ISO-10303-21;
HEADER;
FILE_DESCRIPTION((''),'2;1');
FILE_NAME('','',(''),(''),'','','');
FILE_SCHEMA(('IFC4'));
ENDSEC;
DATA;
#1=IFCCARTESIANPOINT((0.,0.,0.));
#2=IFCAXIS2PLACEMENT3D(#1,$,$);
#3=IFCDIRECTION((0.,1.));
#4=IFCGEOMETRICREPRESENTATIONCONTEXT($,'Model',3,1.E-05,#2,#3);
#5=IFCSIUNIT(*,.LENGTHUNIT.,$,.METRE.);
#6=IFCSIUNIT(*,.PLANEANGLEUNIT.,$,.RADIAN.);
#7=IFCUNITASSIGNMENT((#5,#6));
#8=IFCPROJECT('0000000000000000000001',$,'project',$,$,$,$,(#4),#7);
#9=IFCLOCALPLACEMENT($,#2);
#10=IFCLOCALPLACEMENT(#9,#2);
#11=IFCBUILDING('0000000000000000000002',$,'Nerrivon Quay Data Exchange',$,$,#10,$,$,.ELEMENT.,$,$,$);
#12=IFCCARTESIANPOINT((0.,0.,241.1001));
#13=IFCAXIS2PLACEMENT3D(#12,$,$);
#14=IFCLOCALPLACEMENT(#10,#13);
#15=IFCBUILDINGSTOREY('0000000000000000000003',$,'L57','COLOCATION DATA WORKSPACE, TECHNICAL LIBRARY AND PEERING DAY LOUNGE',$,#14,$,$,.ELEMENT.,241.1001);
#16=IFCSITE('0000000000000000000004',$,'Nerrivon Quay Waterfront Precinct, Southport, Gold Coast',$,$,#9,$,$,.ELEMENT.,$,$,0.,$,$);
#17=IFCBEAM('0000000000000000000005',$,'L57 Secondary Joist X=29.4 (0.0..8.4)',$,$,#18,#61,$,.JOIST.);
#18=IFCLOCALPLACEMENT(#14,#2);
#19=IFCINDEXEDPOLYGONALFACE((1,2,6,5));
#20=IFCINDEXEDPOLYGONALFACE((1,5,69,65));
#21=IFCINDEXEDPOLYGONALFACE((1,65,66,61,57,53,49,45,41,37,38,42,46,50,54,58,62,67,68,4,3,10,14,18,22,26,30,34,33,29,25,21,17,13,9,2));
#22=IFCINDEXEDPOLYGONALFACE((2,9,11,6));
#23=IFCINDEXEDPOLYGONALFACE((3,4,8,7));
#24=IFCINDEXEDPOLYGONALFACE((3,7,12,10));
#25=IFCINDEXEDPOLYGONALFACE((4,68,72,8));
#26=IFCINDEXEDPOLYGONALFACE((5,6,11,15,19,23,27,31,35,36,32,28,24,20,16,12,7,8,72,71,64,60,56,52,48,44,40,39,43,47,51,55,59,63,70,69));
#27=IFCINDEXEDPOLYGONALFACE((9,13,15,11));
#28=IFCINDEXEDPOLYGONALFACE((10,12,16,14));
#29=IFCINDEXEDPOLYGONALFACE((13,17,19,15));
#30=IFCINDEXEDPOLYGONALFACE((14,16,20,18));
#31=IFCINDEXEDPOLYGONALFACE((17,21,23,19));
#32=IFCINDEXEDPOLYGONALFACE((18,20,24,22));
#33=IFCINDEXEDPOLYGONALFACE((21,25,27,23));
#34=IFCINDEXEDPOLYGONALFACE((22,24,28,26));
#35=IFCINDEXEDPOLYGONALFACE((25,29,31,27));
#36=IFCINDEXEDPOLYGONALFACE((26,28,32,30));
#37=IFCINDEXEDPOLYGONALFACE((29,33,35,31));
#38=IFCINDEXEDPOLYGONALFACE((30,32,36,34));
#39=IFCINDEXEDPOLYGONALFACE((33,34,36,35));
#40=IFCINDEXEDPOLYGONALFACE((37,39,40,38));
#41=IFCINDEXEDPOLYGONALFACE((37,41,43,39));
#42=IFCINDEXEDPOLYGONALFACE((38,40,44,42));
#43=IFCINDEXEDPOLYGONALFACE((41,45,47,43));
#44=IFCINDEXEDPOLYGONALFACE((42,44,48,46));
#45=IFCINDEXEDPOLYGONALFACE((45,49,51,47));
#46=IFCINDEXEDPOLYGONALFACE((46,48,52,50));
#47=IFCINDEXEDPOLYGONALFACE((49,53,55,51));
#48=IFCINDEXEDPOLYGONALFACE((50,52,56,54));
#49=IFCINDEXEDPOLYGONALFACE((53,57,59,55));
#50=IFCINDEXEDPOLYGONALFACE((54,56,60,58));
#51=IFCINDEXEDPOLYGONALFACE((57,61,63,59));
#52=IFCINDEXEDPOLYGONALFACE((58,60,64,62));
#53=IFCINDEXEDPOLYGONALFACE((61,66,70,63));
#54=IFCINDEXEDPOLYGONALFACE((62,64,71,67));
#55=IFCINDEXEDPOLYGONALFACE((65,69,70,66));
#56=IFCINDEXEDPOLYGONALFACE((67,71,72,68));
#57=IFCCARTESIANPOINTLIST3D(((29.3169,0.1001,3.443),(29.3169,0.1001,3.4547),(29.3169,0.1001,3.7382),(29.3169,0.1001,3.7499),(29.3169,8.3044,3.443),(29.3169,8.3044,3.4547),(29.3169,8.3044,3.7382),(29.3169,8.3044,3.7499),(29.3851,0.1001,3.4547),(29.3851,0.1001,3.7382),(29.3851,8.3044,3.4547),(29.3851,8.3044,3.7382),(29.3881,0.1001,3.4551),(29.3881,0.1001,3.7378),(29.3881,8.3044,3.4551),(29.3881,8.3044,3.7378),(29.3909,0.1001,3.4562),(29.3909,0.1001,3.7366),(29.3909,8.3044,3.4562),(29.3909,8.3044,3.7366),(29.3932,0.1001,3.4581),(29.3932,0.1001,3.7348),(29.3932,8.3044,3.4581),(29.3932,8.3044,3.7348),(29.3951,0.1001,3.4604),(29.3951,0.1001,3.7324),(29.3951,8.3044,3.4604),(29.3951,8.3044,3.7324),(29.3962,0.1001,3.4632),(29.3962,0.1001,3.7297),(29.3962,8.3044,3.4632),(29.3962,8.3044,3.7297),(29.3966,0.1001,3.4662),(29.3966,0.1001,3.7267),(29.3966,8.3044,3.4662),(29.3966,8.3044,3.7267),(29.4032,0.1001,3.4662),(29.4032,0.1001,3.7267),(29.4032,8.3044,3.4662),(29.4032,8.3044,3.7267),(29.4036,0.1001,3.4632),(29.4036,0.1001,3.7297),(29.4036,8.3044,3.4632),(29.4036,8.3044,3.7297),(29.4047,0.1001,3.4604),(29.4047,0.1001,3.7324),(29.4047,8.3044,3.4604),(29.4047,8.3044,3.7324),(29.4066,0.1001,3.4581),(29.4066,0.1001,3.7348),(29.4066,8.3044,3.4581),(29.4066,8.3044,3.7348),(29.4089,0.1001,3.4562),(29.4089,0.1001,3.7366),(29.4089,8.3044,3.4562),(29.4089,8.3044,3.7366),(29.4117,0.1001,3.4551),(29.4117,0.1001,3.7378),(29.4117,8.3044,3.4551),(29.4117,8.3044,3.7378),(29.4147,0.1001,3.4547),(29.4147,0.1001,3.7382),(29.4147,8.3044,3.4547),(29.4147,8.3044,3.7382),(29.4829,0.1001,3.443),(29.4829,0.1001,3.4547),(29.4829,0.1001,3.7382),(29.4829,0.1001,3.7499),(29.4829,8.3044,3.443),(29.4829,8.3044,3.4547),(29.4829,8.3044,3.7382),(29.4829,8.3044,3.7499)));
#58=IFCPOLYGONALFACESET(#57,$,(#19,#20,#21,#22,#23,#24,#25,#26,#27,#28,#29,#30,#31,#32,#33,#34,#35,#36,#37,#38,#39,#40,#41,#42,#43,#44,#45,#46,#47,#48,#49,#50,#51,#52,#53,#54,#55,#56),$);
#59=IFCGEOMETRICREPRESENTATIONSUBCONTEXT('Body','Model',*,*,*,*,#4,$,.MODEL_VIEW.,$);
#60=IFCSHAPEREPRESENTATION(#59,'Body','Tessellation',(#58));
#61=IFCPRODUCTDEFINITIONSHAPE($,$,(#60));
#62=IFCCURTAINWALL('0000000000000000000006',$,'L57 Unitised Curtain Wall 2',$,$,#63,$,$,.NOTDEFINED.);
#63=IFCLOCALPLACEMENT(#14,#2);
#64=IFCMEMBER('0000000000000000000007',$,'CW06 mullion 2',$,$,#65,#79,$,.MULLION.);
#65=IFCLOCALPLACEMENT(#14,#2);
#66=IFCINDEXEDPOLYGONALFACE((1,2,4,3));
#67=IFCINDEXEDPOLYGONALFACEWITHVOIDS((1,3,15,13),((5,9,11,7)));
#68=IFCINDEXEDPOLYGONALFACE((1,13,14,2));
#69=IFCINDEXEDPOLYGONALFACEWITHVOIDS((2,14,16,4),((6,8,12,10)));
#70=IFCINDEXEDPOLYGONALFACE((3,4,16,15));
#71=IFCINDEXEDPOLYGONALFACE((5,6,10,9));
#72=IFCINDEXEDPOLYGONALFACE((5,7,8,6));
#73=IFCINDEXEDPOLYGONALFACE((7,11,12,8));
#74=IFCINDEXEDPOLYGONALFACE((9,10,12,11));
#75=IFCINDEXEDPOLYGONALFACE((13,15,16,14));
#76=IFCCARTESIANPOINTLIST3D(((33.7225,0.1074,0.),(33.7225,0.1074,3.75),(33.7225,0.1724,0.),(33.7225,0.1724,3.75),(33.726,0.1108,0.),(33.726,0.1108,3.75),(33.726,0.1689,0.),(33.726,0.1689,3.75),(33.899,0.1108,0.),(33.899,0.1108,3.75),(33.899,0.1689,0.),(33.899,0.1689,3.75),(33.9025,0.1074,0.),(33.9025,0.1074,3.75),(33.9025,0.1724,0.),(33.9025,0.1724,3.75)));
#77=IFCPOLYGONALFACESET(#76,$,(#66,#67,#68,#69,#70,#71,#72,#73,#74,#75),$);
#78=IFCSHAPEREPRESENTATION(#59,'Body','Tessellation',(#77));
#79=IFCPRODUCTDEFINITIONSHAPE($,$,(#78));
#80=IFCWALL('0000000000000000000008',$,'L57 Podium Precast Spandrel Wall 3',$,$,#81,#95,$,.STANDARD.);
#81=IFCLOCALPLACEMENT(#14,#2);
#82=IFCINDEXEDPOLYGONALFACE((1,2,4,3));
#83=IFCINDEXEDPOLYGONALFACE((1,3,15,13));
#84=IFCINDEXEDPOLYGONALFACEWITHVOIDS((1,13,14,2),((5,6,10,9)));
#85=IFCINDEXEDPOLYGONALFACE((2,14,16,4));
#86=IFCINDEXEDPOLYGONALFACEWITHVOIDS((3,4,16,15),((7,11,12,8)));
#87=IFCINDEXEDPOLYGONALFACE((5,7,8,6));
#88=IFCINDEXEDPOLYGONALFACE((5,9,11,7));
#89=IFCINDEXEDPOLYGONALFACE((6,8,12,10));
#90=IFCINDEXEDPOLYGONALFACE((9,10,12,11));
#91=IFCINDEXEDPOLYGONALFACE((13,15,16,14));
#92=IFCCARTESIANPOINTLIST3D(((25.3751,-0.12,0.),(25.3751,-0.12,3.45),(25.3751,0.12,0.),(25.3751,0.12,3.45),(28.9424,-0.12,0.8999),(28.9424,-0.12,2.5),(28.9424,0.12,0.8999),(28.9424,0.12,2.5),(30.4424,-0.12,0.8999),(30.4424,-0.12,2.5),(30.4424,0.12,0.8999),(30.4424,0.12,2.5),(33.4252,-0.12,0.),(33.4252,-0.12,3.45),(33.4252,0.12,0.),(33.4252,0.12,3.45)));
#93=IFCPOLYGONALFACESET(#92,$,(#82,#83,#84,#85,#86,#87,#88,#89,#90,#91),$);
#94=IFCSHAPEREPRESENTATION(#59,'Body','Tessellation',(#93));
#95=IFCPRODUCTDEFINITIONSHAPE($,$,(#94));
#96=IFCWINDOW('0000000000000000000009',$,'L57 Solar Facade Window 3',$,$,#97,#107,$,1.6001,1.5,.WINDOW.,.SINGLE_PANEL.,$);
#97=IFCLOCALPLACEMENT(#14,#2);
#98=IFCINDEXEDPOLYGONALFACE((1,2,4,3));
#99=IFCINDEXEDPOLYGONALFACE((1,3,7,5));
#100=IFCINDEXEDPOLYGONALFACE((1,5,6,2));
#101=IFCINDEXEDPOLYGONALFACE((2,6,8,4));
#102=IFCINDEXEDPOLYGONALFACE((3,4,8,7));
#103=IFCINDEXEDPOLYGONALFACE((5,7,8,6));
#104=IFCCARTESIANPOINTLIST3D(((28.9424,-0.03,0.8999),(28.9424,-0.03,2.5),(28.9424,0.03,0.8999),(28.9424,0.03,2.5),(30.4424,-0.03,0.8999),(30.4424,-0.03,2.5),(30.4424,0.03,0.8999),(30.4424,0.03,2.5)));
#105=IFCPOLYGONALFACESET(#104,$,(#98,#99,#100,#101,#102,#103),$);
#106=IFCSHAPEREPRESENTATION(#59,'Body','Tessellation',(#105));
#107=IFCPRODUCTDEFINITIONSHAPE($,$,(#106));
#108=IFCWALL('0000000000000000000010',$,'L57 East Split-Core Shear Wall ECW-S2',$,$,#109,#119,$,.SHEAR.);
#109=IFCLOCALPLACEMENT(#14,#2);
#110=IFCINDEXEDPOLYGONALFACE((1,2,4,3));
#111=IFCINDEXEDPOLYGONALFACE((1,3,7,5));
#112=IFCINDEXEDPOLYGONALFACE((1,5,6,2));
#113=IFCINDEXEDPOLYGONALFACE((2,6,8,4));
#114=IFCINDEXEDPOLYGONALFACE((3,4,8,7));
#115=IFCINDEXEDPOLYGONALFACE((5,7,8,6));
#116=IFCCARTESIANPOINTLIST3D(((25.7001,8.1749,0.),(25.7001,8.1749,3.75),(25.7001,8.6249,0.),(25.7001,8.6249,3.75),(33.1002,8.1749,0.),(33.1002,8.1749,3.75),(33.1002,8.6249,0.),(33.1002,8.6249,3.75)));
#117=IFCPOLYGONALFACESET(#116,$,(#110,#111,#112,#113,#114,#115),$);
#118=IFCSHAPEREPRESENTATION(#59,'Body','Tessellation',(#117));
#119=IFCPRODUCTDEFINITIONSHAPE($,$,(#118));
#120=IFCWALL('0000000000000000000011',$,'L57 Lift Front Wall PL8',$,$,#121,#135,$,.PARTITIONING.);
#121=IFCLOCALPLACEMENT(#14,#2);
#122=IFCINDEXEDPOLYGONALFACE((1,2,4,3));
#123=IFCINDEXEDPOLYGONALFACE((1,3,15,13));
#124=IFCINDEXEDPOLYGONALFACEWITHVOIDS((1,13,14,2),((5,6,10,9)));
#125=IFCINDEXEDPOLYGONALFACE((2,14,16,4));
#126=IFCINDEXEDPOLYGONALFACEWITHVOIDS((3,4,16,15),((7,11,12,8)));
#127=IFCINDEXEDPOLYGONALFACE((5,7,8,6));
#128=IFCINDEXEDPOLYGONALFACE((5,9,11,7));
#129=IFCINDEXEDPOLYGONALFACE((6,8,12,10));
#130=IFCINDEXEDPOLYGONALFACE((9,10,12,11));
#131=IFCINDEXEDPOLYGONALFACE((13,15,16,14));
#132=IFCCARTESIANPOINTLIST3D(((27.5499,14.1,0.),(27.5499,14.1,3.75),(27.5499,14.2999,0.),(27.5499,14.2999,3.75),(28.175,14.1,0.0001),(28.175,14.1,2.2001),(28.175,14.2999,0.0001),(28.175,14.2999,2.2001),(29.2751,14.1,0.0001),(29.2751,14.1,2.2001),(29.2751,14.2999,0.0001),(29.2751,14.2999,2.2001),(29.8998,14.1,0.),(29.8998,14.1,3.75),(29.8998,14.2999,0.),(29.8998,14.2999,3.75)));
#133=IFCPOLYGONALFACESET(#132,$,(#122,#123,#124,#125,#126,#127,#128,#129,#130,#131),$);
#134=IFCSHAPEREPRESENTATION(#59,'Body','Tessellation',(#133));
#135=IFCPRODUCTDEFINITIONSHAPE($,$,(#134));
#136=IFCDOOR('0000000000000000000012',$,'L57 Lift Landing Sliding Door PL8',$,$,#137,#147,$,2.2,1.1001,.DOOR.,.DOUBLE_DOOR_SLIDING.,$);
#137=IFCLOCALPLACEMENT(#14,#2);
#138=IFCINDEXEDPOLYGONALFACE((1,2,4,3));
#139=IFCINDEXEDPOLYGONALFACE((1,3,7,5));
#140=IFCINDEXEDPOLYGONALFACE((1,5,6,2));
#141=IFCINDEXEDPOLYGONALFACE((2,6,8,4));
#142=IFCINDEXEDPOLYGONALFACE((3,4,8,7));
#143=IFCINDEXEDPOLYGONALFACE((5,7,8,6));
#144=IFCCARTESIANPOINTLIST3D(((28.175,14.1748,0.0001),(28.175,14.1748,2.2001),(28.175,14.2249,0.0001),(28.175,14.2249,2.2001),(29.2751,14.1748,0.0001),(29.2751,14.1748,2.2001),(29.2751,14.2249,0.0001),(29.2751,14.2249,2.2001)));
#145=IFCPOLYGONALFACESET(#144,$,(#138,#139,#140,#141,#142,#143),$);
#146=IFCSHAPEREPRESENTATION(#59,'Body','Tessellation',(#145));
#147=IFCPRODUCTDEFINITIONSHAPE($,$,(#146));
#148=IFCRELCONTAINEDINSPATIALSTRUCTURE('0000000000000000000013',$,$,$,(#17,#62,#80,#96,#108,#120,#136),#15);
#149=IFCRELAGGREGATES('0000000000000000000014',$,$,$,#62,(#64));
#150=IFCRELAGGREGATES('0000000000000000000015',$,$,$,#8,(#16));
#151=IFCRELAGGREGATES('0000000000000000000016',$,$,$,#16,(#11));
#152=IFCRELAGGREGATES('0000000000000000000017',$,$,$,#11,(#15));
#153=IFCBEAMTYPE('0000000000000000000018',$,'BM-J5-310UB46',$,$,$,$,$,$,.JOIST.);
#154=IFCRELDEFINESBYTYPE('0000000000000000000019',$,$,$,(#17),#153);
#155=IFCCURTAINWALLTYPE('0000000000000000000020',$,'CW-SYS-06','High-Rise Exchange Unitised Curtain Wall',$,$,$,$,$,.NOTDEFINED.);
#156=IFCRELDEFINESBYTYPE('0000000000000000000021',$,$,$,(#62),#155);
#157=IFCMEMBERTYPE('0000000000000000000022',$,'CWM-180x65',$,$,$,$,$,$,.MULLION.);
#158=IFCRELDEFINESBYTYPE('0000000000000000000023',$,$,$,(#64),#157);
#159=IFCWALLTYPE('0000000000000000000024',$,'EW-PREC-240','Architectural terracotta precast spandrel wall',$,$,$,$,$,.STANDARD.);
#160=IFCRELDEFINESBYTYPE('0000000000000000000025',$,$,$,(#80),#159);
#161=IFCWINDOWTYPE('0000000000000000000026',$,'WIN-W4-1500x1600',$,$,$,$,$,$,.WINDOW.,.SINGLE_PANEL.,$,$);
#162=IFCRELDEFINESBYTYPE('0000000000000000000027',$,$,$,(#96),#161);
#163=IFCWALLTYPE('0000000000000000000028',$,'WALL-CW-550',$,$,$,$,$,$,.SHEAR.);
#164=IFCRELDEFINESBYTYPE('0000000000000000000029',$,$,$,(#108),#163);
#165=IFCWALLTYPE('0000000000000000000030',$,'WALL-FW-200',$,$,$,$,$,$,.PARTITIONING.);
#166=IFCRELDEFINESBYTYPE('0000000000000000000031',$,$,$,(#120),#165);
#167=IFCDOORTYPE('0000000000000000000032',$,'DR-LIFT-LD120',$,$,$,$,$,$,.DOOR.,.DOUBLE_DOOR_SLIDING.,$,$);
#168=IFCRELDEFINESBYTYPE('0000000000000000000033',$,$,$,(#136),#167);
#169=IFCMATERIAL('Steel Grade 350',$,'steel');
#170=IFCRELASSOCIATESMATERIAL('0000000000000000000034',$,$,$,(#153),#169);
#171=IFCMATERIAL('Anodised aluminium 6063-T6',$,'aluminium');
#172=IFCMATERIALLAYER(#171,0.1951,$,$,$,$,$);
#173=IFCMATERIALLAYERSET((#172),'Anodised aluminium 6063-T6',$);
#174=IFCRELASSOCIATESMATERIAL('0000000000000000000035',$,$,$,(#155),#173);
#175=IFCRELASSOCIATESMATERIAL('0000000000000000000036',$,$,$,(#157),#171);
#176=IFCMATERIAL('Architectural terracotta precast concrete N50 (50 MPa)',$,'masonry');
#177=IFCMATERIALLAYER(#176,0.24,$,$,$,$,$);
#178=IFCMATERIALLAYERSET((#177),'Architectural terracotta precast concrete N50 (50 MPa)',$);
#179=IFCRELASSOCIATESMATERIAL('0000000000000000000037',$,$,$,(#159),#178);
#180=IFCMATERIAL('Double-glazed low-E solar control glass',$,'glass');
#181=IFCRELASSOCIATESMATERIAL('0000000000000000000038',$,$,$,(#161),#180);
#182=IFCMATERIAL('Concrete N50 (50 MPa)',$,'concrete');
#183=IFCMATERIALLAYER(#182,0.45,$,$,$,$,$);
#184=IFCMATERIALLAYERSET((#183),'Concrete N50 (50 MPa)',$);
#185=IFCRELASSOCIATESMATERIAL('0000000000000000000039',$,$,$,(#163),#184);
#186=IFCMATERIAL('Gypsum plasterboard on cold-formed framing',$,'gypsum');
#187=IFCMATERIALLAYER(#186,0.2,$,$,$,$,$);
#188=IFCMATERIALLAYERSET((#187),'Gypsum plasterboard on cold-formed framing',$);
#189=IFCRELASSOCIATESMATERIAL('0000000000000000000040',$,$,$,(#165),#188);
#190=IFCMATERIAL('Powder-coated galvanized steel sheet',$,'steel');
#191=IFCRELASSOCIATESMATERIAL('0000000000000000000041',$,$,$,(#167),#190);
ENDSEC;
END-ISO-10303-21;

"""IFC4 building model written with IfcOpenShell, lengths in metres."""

from ifc_helpers import new_model, si_unit, direction, frame, frame_2d, origin, origin_2d, place, context, subcontext, project, spatial, rectangle, hollow_rectangle, i_section, extrude, material, layer, layer_set, material_profile, profile_set, type_object, element, fill, aggregate, save


model = new_model("IFC4")

# Units and contexts
model_context = context("Model", 3, precision=1e-05, world=origin(), true_north=direction((0.0, 1.0)))
body_context = subcontext(model_context, "Body", "Model", "MODEL_VIEW")
ifc_project = project(units=[si_unit("LENGTHUNIT", "METRE"), si_unit("PLANEANGLEUNIT", "RADIAN")], contexts=[model_context])

# Site, building, storey
site_placement = place(None, origin())
site = spatial("IfcSite", under=ifc_project, at=site_placement, Name="Nerrivon Quay Waterfront Precinct, Southport, Gold Coast", CompositionType="ELEMENT", RefElevation=0.0)
building_placement = place(site_placement, origin())
building = spatial("IfcBuilding", under=site, at=building_placement, Name="Nerrivon Quay Data Exchange", CompositionType="ELEMENT")
storey_placement = place(building_placement, frame((0.0, 0.0, 241.1001)))
storey = spatial("IfcBuildingStorey", under=building, at=storey_placement, Name="L57", Description="COLOCATION DATA WORKSPACE, TECHNICAL LIBRARY AND PEERING DAY LOUNGE", CompositionType="ELEMENT", Elevation=241.1001)

# Shared definitions
ifc_material_1 = material(Name="Steel Grade 350", Category="steel")

# Beam
ifc_material_profile_1 = material_profile(ifc_material_1, i_section(OverallWidth=0.166, OverallDepth=0.3069, WebThickness=0.0066, FlangeThickness=0.0117, FilletRadius=0.0115, at=origin_2d()), Name="310UB46.2")
ifc_profile_set_1 = profile_set([ifc_material_profile_1], Name="Steel Grade 350")
beam_type_1 = type_object("IfcBeamType", Name="BM-J5-310UB46", PredefinedType="JOIST", material=ifc_profile_set_1)
beam_1_placement = place(storey_placement, frame((29.3999, 0.1001, 3.5964), z_axis=(0.0, 1.0, 0.0), x_axis=(-1.0, 0.0, 0.0)))
element("IfcBeam", 1, at=beam_1_placement, inside=storey, type_object=beam_type_1, Name="L57 Secondary Joist X=29.4 (0.0..8.4)", PredefinedType="JOIST", context=body_context, shape_type="SweptSolid", body=[
    extrude(i_section(OverallWidth=0.166, OverallDepth=0.3069, WebThickness=0.0066, FlangeThickness=0.0117, FilletRadius=0.0115, at=origin_2d()), origin(), (0.0, 0.0, 1.0), 8.2043),
])

# Curtain wall, member
ifc_material_2 = material(Name="Anodised aluminium 6063-T6", Category="aluminium")
ifc_layer_1 = layer(ifc_material_2, 0.1951)
ifc_layer_set_1 = layer_set([ifc_layer_1], Name="Anodised aluminium 6063-T6")
curtain_wall_type = type_object("IfcCurtainWallType", Name="CW-SYS-06", Description="High-Rise Exchange Unitised Curtain Wall", PredefinedType="NOTDEFINED", material=ifc_layer_set_1)
curtain_wall_placement = place(storey_placement, origin())
curtain_wall = element("IfcCurtainWall", 2, at=curtain_wall_placement, inside=storey, type_object=curtain_wall_type, Name="L57 Unitised Curtain Wall 2", PredefinedType="NOTDEFINED")
ifc_material_profile_2 = material_profile(ifc_material_2, hollow_rectangle(XDim=0.0649, YDim=0.1799, WallThickness=0.0034, at=origin_2d()), Name="ALU-MULL-180x65")
ifc_profile_set_2 = profile_set([ifc_material_profile_2], Name="Anodised aluminium 6063-T6")
member_type = type_object("IfcMemberType", Name="CWM-180x65", PredefinedType="MULLION", material=ifc_profile_set_2)
member_placement = place(storey_placement, frame((33.8125, 0.1399, 0.0), z_axis=(0.0, 0.0, 1.0), x_axis=(0.0, -1.0, 0.0)))
member = element("IfcMember", 3, at=member_placement, type_object=member_type, Name="CW06 mullion 2", PredefinedType="MULLION", context=body_context, shape_type="SweptSolid", body=[
    extrude(hollow_rectangle(XDim=0.0649, YDim=0.1799, WallThickness=0.0034, at=origin_2d()), origin(), (0.0, 0.0, 1.0), 3.75),
])
aggregate(curtain_wall, [member])

# Wall, opening, window
ifc_material_3 = material(Name="Architectural terracotta precast concrete N50 (50 MPa)", Category="masonry")
ifc_layer_2 = layer(ifc_material_3, 0.24)
ifc_layer_set_2 = layer_set([ifc_layer_2], Name="Architectural terracotta precast concrete N50 (50 MPa)")
wall_type_1 = type_object("IfcWallType", Name="EW-PREC-240", Description="Architectural terracotta precast spandrel wall", PredefinedType="STANDARD", material=ifc_layer_set_2)
wall_1_placement = place(storey_placement, frame((33.425, 0.0, 0.0), z_axis=(0.0, 0.0, 1.0), x_axis=(-1.0, 0.0, 0.0)))
wall_1 = element("IfcWall", 4, at=wall_1_placement, inside=storey, type_object=wall_type_1, Name="L57 Podium Precast Spandrel Wall 3", PredefinedType="STANDARD", context=body_context, shape_type="SweptSolid", body=[
    extrude(rectangle(XDim=8.05, YDim=0.24, at=frame_2d((4.0249, 0.0))), origin(), (0.0, 0.0, 1.0), 3.45),
])
opening_1_placement = place(wall_1_placement, frame((2.9827, 0.0, 0.8999)))
opening_1 = element("IfcOpeningElement", 5, at=opening_1_placement, cuts=wall_1, PredefinedType="OPENING", context=body_context, shape_type="SweptSolid", body=[
    extrude(rectangle(XDim=1.5, YDim=1.6001, at=frame_2d((0.75, 0.8))), frame((0.0, 0.1299, 0.0), z_axis=(0.0, -1.0, 0.0), x_axis=(1.0, 0.0, 0.0)), (0.0, 0.0, 1.0), 0.26),
])
ifc_material_4 = material(Name="Double-glazed low-E solar control glass", Category="glass")
window_type = type_object("IfcWindowType", Name="WIN-W4-1500x1600", PartitioningType="SINGLE_PANEL", PredefinedType="WINDOW", material=ifc_material_4)
window_placement = place(opening_1_placement, origin())
window = element("IfcWindow", 6, at=window_placement, inside=storey, type_object=window_type, Name="L57 Solar Facade Window 3", OverallHeight=1.6001, OverallWidth=1.5, PartitioningType="SINGLE_PANEL", PredefinedType="WINDOW", context=body_context, shape_type="SweptSolid", body=[
    extrude(rectangle(XDim=1.5, YDim=1.6001, at=frame_2d((0.75, 0.8))), frame((0.0, 0.03, 0.0), z_axis=(0.0, -1.0, 0.0), x_axis=(1.0, 0.0, 0.0)), (0.0, 0.0, 1.0), 0.0601),
])
fill(opening_1, window)

# Wall
ifc_material_5 = material(Name="Concrete N50 (50 MPa)", Category="concrete")
ifc_layer_3 = layer(ifc_material_5, 0.45)
ifc_layer_set_3 = layer_set([ifc_layer_3], Name="Concrete N50 (50 MPa)")
wall_type_2 = type_object("IfcWallType", Name="WALL-CW-550", PredefinedType="SHEAR", material=ifc_layer_set_3)
wall_2_placement = place(storey_placement, frame((25.7, 8.3999, 0.0), z_axis=(0.0, 0.0, 1.0), x_axis=(1.0, 0.0, 0.0)))
element("IfcWall", 7, at=wall_2_placement, inside=storey, type_object=wall_type_2, Name="L57 East Split-Core Shear Wall ECW-S2", PredefinedType="SHEAR", context=body_context, shape_type="SweptSolid", body=[
    extrude(rectangle(XDim=7.4001, YDim=0.45, at=frame_2d((3.7002, 0.0))), origin(), (0.0, 0.0, 1.0), 3.75),
])

# Wall, opening, door
ifc_material_6 = material(Name="Powder-coated galvanized steel sheet", Category="steel")
ifc_material_7 = material(Name="Gypsum plasterboard on cold-formed framing", Category="gypsum")
ifc_layer_4 = layer(ifc_material_7, 0.2)
ifc_layer_set_4 = layer_set([ifc_layer_4], Name="Gypsum plasterboard on cold-formed framing")
wall_type_3 = type_object("IfcWallType", Name="WALL-FW-200", PredefinedType="PARTITIONING", material=ifc_layer_set_4)
wall_3_placement = place(storey_placement, frame((27.55, 14.2, 0.0), z_axis=(0.0, 0.0, 1.0), x_axis=(1.0, 0.0, 0.0)))
wall_3 = element("IfcWall", 8, at=wall_3_placement, inside=storey, type_object=wall_type_3, Name="L57 Lift Front Wall PL8", PredefinedType="PARTITIONING", context=body_context, shape_type="SweptSolid", body=[
    extrude(rectangle(XDim=2.3499, YDim=0.2, at=frame_2d((1.1748, 0.0))), origin(), (0.0, 0.0, 1.0), 3.75),
])
opening_2_placement = place(wall_3_placement, frame((0.625, 0.0, 0.0)))
opening_2 = element("IfcOpeningElement", 9, at=opening_2_placement, cuts=wall_3, PredefinedType="OPENING", context=body_context, shape_type="SweptSolid", body=[
    extrude(rectangle(XDim=1.1001, YDim=2.2, at=frame_2d((0.55, 1.1001))), frame((0.0, 0.1099, 0.0), z_axis=(0.0, -1.0, 0.0), x_axis=(1.0, 0.0, 0.0)), (0.0, 0.0, 1.0), 0.22),
])
door_type_1 = type_object("IfcDoorType", Name="DR-LIFT-LD120", OperationType="DOUBLE_DOOR_SLIDING", PredefinedType="DOOR", material=ifc_material_6)
door_1_placement = place(opening_2_placement, origin())
door_1 = element("IfcDoor", 10, at=door_1_placement, inside=storey, type_object=door_type_1, Name="L57 Lift Landing Sliding Door PL8", OperationType="DOUBLE_DOOR_SLIDING", OverallHeight=2.2, OverallWidth=1.1001, PredefinedType="DOOR", context=body_context, shape_type="SweptSolid", body=[
    extrude(rectangle(XDim=1.1001, YDim=2.2, at=frame_2d((0.55, 1.1001))), frame((0.0, 0.0249, 0.0), z_axis=(0.0, -1.0, 0.0), x_axis=(1.0, 0.0, 0.0)), (0.0, 0.0, 1.0), 0.05),
])
fill(opening_2, door_1)

save(model, "model.ifc")
